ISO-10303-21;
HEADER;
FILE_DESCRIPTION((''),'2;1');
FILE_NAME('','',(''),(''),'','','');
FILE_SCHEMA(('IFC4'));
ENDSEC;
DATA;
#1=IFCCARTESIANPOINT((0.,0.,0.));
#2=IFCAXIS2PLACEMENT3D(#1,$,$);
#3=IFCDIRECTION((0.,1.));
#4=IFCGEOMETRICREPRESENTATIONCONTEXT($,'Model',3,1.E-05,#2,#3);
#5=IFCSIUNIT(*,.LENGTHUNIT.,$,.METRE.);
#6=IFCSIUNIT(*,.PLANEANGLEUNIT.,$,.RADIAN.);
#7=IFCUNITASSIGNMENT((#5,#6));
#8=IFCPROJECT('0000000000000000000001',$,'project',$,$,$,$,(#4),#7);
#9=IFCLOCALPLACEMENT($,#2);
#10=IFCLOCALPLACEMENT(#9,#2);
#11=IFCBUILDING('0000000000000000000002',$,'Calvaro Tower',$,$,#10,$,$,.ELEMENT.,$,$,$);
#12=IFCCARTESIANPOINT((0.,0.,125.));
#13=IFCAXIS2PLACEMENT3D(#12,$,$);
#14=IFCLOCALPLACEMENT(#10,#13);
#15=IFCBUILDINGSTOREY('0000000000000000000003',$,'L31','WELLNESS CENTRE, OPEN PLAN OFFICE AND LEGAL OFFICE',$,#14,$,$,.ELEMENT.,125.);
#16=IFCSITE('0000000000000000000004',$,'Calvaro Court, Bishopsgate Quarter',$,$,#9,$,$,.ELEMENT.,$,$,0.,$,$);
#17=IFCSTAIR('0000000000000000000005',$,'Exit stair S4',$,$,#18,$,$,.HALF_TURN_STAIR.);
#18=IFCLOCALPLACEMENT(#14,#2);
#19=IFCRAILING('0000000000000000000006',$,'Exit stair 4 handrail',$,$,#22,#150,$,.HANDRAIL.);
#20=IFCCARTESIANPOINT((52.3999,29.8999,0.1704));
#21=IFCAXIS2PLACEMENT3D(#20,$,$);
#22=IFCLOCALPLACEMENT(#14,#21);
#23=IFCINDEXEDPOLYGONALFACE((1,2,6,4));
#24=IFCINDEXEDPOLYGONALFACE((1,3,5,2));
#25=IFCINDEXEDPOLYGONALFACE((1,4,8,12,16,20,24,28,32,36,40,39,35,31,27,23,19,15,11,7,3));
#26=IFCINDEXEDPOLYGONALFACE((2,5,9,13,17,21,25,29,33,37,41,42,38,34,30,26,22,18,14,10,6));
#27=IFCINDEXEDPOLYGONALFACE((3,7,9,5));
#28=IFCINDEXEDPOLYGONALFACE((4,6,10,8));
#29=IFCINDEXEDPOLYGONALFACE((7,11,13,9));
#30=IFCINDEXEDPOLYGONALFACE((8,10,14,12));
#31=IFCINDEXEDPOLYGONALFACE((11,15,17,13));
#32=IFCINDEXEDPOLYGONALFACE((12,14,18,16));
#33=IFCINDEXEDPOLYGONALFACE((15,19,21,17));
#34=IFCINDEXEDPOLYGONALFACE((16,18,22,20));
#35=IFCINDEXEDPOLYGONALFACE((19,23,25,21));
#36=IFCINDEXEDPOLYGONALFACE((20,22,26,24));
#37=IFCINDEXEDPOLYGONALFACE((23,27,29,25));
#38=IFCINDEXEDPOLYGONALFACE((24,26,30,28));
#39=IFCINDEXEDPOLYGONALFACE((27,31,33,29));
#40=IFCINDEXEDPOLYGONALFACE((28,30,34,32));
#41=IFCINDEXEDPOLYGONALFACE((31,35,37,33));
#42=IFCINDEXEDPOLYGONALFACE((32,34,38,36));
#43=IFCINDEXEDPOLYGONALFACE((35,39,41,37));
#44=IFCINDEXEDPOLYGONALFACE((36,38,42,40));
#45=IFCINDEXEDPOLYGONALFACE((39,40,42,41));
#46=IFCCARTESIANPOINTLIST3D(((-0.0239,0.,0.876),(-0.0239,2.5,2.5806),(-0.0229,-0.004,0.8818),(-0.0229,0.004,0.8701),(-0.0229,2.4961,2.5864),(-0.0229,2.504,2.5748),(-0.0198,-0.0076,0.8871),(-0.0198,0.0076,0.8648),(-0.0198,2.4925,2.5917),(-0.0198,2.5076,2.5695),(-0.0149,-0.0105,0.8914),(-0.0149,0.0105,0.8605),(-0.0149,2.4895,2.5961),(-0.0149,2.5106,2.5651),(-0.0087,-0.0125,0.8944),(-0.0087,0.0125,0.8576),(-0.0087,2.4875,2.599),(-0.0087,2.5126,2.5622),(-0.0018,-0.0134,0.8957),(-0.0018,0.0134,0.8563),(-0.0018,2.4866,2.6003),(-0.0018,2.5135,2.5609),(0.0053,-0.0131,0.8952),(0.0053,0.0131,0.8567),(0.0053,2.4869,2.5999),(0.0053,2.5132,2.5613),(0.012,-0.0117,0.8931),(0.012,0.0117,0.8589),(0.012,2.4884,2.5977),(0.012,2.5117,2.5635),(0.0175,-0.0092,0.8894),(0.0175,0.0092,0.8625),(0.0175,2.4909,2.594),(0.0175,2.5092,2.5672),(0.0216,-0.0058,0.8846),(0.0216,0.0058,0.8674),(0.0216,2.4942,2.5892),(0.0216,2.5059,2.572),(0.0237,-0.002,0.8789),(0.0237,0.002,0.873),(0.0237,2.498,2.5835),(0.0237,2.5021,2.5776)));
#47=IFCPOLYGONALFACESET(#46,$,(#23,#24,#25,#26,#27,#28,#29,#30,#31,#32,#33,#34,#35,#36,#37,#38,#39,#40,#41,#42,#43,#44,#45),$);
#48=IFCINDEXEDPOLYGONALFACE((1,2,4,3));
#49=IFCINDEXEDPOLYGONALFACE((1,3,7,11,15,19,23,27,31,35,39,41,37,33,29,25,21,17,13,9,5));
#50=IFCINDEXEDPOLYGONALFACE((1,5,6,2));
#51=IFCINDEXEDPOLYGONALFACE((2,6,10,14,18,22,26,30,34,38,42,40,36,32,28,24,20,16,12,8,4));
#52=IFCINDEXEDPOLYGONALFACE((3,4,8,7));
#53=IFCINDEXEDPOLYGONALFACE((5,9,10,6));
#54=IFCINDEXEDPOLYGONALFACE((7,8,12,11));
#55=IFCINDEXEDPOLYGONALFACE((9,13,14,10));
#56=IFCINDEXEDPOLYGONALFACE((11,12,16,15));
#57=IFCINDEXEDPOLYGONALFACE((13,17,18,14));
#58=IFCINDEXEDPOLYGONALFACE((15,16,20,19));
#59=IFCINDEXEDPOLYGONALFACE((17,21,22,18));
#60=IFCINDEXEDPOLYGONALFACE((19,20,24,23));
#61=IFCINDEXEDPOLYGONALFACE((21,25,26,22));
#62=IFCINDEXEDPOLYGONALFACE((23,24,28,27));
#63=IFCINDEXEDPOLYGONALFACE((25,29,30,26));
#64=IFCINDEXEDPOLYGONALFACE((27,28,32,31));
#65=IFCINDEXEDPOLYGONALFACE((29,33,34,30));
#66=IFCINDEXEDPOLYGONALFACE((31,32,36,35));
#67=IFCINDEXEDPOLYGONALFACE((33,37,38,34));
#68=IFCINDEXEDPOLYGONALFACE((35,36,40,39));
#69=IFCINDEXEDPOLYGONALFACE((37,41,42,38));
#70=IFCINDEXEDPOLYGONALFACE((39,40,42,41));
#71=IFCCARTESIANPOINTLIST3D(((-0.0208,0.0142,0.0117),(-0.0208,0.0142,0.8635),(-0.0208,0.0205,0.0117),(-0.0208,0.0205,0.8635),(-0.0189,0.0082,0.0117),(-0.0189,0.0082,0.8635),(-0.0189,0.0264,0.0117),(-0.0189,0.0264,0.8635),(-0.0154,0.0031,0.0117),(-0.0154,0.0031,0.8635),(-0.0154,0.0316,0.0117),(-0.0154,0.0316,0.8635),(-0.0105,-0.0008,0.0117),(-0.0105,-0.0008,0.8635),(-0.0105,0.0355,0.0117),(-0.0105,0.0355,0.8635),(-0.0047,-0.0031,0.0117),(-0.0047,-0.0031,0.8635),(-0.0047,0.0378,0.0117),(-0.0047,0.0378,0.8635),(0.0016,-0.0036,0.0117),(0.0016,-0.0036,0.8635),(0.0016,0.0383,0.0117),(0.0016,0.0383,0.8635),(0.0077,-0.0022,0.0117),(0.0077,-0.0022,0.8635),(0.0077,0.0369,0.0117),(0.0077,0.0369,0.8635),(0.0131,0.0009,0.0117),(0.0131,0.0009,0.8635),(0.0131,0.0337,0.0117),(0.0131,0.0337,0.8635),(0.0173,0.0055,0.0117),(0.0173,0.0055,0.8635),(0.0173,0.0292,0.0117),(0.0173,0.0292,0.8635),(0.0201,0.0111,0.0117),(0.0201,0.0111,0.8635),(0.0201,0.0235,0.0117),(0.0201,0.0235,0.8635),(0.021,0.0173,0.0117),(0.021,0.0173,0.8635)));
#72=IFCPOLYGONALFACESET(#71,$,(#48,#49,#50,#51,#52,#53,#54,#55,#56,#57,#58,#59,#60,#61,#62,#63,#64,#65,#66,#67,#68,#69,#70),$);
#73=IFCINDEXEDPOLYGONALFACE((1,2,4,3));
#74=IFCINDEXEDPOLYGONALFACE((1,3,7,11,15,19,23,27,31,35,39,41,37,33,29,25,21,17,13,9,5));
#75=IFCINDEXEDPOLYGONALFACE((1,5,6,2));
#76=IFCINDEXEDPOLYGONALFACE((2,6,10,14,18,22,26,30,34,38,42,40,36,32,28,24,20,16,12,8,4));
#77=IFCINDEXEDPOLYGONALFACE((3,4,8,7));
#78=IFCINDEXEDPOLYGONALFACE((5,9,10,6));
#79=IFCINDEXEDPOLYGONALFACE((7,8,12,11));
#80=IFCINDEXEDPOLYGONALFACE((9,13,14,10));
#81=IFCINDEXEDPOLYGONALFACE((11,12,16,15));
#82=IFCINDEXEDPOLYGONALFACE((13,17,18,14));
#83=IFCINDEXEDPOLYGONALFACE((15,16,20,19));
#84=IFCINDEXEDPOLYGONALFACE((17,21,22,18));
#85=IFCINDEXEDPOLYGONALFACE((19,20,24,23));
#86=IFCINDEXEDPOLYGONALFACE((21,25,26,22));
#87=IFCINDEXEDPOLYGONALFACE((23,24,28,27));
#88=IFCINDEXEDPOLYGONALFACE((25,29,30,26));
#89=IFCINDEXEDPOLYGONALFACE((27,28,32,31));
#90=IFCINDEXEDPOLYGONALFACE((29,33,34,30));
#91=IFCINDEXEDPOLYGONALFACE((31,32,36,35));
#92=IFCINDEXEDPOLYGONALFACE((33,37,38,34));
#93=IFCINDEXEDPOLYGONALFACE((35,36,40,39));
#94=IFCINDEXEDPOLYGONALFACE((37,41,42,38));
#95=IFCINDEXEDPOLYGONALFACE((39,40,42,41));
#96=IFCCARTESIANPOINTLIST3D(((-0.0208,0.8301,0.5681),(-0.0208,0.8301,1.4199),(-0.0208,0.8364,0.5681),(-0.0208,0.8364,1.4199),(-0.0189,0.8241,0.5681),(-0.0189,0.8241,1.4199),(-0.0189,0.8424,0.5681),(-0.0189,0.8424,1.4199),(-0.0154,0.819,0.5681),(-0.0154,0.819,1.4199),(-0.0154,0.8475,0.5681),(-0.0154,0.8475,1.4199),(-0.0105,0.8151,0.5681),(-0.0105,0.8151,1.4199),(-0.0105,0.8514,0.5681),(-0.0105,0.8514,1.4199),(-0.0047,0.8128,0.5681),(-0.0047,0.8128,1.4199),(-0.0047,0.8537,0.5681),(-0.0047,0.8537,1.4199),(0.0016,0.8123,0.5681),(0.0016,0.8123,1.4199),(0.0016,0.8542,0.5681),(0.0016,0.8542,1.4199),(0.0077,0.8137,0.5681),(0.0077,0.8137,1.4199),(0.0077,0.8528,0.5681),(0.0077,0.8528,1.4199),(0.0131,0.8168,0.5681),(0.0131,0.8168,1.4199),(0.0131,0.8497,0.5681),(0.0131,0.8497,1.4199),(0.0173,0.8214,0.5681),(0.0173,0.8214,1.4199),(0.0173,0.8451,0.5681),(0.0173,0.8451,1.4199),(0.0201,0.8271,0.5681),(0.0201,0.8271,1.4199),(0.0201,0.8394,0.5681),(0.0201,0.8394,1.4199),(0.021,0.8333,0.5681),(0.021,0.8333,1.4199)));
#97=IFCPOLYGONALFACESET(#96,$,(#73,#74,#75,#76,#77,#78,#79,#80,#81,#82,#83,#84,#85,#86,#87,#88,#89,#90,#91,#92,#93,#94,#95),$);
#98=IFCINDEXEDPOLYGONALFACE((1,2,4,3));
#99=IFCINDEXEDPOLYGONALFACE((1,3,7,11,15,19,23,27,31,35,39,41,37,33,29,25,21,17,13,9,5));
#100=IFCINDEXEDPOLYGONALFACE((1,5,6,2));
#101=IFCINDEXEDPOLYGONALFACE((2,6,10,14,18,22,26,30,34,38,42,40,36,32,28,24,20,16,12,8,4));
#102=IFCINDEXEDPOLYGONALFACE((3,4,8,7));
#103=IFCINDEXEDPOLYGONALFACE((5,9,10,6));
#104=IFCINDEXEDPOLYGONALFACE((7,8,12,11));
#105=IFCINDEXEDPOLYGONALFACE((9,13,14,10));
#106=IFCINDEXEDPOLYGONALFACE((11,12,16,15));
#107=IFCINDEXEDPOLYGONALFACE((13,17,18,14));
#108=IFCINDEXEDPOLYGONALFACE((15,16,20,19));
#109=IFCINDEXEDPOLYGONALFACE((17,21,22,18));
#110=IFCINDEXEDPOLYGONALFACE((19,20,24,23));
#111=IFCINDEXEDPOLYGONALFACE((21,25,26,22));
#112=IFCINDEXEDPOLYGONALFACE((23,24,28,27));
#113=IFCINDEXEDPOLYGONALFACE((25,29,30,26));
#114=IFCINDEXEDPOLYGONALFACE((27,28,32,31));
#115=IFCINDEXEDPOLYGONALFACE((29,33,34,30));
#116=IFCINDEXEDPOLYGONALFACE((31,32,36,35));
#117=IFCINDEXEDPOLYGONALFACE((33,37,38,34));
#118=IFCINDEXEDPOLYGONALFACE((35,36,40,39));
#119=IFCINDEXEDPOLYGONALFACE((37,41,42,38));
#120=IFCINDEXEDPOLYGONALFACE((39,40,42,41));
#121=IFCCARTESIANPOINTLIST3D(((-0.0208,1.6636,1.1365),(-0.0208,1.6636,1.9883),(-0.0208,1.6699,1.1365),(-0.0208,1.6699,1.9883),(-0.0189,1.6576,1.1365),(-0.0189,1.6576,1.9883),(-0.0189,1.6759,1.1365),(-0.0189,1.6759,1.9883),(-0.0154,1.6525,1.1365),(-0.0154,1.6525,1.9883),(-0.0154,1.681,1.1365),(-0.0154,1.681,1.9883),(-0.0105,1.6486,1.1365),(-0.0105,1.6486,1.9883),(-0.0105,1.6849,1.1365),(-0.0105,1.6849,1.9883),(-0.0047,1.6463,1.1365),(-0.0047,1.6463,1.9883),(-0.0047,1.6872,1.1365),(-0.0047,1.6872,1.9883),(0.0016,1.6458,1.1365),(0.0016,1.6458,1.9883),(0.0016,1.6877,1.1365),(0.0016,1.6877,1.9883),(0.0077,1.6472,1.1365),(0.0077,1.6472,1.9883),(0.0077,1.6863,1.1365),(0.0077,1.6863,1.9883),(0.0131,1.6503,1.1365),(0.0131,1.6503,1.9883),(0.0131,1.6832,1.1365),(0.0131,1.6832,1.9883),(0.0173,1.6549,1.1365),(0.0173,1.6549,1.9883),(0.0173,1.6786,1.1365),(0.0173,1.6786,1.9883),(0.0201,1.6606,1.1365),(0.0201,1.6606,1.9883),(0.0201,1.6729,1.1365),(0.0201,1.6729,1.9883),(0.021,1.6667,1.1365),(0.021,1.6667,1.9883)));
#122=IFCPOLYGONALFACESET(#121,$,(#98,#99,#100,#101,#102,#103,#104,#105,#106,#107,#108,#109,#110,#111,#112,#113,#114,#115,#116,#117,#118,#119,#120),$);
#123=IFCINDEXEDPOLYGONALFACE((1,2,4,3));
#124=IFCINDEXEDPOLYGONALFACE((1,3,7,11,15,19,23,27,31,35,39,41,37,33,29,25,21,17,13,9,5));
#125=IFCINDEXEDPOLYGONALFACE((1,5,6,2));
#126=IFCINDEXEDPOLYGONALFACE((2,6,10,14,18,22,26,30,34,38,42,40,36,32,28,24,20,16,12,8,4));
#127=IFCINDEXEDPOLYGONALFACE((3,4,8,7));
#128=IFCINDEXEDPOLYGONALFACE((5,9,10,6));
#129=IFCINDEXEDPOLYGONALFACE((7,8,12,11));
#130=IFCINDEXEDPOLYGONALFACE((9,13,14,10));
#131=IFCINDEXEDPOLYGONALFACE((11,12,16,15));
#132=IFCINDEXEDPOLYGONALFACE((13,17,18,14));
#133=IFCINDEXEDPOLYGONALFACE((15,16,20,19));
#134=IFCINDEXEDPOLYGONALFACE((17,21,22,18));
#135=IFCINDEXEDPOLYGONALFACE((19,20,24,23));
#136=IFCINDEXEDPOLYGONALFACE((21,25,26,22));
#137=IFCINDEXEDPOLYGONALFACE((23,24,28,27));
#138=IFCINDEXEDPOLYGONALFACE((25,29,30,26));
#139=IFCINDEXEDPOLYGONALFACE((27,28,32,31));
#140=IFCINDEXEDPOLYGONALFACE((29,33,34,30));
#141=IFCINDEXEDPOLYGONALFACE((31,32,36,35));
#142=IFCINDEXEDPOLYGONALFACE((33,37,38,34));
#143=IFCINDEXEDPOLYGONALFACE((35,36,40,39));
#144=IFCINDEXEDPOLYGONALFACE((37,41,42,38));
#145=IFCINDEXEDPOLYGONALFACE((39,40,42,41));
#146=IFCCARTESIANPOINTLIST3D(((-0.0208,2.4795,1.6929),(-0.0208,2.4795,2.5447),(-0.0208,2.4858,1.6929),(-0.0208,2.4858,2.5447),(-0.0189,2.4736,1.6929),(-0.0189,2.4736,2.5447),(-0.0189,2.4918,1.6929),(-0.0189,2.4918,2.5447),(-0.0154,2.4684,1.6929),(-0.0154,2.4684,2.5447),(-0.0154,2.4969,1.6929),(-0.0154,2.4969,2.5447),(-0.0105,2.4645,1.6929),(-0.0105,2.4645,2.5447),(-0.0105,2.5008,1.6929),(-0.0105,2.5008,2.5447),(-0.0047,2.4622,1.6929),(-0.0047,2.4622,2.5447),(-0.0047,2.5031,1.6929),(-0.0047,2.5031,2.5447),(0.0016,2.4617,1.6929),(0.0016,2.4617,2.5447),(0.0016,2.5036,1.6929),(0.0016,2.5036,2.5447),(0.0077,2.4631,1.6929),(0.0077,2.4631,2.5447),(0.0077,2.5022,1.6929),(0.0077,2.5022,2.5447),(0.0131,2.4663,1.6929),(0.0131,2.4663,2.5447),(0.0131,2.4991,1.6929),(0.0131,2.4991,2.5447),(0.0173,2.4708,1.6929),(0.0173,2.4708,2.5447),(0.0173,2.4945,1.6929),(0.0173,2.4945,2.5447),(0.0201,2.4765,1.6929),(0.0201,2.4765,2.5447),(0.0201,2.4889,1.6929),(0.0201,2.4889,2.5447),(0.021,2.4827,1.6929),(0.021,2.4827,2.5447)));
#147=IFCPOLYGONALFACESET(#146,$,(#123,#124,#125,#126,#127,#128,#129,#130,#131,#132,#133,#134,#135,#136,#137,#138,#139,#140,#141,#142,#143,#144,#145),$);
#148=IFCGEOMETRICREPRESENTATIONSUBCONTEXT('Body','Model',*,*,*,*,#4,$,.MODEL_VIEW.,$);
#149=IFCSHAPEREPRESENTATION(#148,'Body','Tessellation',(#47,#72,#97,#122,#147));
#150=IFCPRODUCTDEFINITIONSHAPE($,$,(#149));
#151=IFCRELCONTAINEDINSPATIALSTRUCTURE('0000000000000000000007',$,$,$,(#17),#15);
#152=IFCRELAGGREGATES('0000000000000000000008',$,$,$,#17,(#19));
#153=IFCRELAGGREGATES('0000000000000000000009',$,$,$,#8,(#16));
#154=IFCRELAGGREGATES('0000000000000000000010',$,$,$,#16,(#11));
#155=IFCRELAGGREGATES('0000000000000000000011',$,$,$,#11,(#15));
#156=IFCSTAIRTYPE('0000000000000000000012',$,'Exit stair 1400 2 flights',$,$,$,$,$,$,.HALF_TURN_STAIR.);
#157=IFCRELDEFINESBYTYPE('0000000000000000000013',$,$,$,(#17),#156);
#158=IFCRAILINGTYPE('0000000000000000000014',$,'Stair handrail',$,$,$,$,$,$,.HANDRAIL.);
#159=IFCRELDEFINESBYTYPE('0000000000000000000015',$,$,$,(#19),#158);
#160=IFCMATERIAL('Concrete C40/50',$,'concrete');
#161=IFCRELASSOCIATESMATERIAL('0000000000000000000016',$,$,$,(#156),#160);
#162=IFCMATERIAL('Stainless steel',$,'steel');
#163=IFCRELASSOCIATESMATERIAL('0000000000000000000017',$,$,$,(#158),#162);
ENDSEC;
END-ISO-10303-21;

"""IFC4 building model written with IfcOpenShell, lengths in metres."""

from ifc_helpers import new_model, si_unit, direction, frame, origin, origin_2d, place, context, subcontext, project, spatial, circle, extrude, material, type_object, element, aggregate, save


model = new_model("IFC4")

# Units and contexts
model_context = context("Model", 3, precision=1e-05, world=origin(), true_north=direction((0.0, 1.0)))
body_context = subcontext(model_context, "Body", "Model", "MODEL_VIEW")
ifc_project = project(units=[si_unit("LENGTHUNIT", "METRE"), si_unit("PLANEANGLEUNIT", "RADIAN")], contexts=[model_context])

# Site, building, storey
site_placement = place(None, origin())
site = spatial("IfcSite", under=ifc_project, at=site_placement, Name="Calvaro Court, Bishopsgate Quarter", CompositionType="ELEMENT", RefElevation=0.0)
building_placement = place(site_placement, origin())
building = spatial("IfcBuilding", under=site, at=building_placement, Name="Calvaro Tower", CompositionType="ELEMENT")
storey_placement = place(building_placement, frame((0.0, 0.0, 125.0)))
storey = spatial("IfcBuildingStorey", under=building, at=storey_placement, Name="L31", Description="WELLNESS CENTRE, OPEN PLAN OFFICE AND LEGAL OFFICE", CompositionType="ELEMENT", Elevation=125.0)

# Shared definitions
ifc_material_1 = material(Name="Concrete C40/50", Category="concrete")
stair_type = type_object("IfcStairType", Name="Exit stair 1400 2 flights", PredefinedType="HALF_TURN_STAIR", material=ifc_material_1)

# Stair, railing
stair_1_placement = place(storey_placement, origin())
stair_1 = element("IfcStair", 1, at=stair_1_placement, inside=storey, type_object=stair_type, Name="Exit stair S4", PredefinedType="HALF_TURN_STAIR")
ifc_material_2 = material(Name="Stainless steel", Category="steel")
railing_type = type_object("IfcRailingType", Name="Stair handrail", PredefinedType="HANDRAIL", material=ifc_material_2)
railing_1_placement = place(storey_placement, frame((52.3999, 29.8999, 0.1704)))
railing_1 = element("IfcRailing", 2, at=railing_1_placement, type_object=railing_type, Name="Exit stair 4 handrail", PredefinedType="HANDRAIL", context=body_context, shape_type="SweptSolid", body=[
    extrude(circle(Radius=0.0239, at=origin_2d()), frame((0.0, 0.0, 0.876), z_axis=(0.0, 0.826221, 0.563347), x_axis=(-1.0, 0.0, 0.0)), (0.0, 0.0, 1.0), 3.0259),
    extrude(circle(Radius=0.021, at=origin_2d()), frame((0.0, 0.0173, 0.0117)), (0.0, 0.0, 1.0), 0.8518),
    extrude(circle(Radius=0.021, at=origin_2d()), frame((0.0, 0.8333, 0.5681)), (0.0, 0.0, 1.0), 0.8518),
    extrude(circle(Radius=0.021, at=origin_2d()), frame((0.0, 1.6667, 1.1365)), (0.0, 0.0, 1.0), 0.8518),
    extrude(circle(Radius=0.021, at=origin_2d()), frame((0.0, 2.4827, 1.6929)), (0.0, 0.0, 1.0), 0.8518),
])
aggregate(stair_1, [railing_1])

save(model, "model.ifc")
